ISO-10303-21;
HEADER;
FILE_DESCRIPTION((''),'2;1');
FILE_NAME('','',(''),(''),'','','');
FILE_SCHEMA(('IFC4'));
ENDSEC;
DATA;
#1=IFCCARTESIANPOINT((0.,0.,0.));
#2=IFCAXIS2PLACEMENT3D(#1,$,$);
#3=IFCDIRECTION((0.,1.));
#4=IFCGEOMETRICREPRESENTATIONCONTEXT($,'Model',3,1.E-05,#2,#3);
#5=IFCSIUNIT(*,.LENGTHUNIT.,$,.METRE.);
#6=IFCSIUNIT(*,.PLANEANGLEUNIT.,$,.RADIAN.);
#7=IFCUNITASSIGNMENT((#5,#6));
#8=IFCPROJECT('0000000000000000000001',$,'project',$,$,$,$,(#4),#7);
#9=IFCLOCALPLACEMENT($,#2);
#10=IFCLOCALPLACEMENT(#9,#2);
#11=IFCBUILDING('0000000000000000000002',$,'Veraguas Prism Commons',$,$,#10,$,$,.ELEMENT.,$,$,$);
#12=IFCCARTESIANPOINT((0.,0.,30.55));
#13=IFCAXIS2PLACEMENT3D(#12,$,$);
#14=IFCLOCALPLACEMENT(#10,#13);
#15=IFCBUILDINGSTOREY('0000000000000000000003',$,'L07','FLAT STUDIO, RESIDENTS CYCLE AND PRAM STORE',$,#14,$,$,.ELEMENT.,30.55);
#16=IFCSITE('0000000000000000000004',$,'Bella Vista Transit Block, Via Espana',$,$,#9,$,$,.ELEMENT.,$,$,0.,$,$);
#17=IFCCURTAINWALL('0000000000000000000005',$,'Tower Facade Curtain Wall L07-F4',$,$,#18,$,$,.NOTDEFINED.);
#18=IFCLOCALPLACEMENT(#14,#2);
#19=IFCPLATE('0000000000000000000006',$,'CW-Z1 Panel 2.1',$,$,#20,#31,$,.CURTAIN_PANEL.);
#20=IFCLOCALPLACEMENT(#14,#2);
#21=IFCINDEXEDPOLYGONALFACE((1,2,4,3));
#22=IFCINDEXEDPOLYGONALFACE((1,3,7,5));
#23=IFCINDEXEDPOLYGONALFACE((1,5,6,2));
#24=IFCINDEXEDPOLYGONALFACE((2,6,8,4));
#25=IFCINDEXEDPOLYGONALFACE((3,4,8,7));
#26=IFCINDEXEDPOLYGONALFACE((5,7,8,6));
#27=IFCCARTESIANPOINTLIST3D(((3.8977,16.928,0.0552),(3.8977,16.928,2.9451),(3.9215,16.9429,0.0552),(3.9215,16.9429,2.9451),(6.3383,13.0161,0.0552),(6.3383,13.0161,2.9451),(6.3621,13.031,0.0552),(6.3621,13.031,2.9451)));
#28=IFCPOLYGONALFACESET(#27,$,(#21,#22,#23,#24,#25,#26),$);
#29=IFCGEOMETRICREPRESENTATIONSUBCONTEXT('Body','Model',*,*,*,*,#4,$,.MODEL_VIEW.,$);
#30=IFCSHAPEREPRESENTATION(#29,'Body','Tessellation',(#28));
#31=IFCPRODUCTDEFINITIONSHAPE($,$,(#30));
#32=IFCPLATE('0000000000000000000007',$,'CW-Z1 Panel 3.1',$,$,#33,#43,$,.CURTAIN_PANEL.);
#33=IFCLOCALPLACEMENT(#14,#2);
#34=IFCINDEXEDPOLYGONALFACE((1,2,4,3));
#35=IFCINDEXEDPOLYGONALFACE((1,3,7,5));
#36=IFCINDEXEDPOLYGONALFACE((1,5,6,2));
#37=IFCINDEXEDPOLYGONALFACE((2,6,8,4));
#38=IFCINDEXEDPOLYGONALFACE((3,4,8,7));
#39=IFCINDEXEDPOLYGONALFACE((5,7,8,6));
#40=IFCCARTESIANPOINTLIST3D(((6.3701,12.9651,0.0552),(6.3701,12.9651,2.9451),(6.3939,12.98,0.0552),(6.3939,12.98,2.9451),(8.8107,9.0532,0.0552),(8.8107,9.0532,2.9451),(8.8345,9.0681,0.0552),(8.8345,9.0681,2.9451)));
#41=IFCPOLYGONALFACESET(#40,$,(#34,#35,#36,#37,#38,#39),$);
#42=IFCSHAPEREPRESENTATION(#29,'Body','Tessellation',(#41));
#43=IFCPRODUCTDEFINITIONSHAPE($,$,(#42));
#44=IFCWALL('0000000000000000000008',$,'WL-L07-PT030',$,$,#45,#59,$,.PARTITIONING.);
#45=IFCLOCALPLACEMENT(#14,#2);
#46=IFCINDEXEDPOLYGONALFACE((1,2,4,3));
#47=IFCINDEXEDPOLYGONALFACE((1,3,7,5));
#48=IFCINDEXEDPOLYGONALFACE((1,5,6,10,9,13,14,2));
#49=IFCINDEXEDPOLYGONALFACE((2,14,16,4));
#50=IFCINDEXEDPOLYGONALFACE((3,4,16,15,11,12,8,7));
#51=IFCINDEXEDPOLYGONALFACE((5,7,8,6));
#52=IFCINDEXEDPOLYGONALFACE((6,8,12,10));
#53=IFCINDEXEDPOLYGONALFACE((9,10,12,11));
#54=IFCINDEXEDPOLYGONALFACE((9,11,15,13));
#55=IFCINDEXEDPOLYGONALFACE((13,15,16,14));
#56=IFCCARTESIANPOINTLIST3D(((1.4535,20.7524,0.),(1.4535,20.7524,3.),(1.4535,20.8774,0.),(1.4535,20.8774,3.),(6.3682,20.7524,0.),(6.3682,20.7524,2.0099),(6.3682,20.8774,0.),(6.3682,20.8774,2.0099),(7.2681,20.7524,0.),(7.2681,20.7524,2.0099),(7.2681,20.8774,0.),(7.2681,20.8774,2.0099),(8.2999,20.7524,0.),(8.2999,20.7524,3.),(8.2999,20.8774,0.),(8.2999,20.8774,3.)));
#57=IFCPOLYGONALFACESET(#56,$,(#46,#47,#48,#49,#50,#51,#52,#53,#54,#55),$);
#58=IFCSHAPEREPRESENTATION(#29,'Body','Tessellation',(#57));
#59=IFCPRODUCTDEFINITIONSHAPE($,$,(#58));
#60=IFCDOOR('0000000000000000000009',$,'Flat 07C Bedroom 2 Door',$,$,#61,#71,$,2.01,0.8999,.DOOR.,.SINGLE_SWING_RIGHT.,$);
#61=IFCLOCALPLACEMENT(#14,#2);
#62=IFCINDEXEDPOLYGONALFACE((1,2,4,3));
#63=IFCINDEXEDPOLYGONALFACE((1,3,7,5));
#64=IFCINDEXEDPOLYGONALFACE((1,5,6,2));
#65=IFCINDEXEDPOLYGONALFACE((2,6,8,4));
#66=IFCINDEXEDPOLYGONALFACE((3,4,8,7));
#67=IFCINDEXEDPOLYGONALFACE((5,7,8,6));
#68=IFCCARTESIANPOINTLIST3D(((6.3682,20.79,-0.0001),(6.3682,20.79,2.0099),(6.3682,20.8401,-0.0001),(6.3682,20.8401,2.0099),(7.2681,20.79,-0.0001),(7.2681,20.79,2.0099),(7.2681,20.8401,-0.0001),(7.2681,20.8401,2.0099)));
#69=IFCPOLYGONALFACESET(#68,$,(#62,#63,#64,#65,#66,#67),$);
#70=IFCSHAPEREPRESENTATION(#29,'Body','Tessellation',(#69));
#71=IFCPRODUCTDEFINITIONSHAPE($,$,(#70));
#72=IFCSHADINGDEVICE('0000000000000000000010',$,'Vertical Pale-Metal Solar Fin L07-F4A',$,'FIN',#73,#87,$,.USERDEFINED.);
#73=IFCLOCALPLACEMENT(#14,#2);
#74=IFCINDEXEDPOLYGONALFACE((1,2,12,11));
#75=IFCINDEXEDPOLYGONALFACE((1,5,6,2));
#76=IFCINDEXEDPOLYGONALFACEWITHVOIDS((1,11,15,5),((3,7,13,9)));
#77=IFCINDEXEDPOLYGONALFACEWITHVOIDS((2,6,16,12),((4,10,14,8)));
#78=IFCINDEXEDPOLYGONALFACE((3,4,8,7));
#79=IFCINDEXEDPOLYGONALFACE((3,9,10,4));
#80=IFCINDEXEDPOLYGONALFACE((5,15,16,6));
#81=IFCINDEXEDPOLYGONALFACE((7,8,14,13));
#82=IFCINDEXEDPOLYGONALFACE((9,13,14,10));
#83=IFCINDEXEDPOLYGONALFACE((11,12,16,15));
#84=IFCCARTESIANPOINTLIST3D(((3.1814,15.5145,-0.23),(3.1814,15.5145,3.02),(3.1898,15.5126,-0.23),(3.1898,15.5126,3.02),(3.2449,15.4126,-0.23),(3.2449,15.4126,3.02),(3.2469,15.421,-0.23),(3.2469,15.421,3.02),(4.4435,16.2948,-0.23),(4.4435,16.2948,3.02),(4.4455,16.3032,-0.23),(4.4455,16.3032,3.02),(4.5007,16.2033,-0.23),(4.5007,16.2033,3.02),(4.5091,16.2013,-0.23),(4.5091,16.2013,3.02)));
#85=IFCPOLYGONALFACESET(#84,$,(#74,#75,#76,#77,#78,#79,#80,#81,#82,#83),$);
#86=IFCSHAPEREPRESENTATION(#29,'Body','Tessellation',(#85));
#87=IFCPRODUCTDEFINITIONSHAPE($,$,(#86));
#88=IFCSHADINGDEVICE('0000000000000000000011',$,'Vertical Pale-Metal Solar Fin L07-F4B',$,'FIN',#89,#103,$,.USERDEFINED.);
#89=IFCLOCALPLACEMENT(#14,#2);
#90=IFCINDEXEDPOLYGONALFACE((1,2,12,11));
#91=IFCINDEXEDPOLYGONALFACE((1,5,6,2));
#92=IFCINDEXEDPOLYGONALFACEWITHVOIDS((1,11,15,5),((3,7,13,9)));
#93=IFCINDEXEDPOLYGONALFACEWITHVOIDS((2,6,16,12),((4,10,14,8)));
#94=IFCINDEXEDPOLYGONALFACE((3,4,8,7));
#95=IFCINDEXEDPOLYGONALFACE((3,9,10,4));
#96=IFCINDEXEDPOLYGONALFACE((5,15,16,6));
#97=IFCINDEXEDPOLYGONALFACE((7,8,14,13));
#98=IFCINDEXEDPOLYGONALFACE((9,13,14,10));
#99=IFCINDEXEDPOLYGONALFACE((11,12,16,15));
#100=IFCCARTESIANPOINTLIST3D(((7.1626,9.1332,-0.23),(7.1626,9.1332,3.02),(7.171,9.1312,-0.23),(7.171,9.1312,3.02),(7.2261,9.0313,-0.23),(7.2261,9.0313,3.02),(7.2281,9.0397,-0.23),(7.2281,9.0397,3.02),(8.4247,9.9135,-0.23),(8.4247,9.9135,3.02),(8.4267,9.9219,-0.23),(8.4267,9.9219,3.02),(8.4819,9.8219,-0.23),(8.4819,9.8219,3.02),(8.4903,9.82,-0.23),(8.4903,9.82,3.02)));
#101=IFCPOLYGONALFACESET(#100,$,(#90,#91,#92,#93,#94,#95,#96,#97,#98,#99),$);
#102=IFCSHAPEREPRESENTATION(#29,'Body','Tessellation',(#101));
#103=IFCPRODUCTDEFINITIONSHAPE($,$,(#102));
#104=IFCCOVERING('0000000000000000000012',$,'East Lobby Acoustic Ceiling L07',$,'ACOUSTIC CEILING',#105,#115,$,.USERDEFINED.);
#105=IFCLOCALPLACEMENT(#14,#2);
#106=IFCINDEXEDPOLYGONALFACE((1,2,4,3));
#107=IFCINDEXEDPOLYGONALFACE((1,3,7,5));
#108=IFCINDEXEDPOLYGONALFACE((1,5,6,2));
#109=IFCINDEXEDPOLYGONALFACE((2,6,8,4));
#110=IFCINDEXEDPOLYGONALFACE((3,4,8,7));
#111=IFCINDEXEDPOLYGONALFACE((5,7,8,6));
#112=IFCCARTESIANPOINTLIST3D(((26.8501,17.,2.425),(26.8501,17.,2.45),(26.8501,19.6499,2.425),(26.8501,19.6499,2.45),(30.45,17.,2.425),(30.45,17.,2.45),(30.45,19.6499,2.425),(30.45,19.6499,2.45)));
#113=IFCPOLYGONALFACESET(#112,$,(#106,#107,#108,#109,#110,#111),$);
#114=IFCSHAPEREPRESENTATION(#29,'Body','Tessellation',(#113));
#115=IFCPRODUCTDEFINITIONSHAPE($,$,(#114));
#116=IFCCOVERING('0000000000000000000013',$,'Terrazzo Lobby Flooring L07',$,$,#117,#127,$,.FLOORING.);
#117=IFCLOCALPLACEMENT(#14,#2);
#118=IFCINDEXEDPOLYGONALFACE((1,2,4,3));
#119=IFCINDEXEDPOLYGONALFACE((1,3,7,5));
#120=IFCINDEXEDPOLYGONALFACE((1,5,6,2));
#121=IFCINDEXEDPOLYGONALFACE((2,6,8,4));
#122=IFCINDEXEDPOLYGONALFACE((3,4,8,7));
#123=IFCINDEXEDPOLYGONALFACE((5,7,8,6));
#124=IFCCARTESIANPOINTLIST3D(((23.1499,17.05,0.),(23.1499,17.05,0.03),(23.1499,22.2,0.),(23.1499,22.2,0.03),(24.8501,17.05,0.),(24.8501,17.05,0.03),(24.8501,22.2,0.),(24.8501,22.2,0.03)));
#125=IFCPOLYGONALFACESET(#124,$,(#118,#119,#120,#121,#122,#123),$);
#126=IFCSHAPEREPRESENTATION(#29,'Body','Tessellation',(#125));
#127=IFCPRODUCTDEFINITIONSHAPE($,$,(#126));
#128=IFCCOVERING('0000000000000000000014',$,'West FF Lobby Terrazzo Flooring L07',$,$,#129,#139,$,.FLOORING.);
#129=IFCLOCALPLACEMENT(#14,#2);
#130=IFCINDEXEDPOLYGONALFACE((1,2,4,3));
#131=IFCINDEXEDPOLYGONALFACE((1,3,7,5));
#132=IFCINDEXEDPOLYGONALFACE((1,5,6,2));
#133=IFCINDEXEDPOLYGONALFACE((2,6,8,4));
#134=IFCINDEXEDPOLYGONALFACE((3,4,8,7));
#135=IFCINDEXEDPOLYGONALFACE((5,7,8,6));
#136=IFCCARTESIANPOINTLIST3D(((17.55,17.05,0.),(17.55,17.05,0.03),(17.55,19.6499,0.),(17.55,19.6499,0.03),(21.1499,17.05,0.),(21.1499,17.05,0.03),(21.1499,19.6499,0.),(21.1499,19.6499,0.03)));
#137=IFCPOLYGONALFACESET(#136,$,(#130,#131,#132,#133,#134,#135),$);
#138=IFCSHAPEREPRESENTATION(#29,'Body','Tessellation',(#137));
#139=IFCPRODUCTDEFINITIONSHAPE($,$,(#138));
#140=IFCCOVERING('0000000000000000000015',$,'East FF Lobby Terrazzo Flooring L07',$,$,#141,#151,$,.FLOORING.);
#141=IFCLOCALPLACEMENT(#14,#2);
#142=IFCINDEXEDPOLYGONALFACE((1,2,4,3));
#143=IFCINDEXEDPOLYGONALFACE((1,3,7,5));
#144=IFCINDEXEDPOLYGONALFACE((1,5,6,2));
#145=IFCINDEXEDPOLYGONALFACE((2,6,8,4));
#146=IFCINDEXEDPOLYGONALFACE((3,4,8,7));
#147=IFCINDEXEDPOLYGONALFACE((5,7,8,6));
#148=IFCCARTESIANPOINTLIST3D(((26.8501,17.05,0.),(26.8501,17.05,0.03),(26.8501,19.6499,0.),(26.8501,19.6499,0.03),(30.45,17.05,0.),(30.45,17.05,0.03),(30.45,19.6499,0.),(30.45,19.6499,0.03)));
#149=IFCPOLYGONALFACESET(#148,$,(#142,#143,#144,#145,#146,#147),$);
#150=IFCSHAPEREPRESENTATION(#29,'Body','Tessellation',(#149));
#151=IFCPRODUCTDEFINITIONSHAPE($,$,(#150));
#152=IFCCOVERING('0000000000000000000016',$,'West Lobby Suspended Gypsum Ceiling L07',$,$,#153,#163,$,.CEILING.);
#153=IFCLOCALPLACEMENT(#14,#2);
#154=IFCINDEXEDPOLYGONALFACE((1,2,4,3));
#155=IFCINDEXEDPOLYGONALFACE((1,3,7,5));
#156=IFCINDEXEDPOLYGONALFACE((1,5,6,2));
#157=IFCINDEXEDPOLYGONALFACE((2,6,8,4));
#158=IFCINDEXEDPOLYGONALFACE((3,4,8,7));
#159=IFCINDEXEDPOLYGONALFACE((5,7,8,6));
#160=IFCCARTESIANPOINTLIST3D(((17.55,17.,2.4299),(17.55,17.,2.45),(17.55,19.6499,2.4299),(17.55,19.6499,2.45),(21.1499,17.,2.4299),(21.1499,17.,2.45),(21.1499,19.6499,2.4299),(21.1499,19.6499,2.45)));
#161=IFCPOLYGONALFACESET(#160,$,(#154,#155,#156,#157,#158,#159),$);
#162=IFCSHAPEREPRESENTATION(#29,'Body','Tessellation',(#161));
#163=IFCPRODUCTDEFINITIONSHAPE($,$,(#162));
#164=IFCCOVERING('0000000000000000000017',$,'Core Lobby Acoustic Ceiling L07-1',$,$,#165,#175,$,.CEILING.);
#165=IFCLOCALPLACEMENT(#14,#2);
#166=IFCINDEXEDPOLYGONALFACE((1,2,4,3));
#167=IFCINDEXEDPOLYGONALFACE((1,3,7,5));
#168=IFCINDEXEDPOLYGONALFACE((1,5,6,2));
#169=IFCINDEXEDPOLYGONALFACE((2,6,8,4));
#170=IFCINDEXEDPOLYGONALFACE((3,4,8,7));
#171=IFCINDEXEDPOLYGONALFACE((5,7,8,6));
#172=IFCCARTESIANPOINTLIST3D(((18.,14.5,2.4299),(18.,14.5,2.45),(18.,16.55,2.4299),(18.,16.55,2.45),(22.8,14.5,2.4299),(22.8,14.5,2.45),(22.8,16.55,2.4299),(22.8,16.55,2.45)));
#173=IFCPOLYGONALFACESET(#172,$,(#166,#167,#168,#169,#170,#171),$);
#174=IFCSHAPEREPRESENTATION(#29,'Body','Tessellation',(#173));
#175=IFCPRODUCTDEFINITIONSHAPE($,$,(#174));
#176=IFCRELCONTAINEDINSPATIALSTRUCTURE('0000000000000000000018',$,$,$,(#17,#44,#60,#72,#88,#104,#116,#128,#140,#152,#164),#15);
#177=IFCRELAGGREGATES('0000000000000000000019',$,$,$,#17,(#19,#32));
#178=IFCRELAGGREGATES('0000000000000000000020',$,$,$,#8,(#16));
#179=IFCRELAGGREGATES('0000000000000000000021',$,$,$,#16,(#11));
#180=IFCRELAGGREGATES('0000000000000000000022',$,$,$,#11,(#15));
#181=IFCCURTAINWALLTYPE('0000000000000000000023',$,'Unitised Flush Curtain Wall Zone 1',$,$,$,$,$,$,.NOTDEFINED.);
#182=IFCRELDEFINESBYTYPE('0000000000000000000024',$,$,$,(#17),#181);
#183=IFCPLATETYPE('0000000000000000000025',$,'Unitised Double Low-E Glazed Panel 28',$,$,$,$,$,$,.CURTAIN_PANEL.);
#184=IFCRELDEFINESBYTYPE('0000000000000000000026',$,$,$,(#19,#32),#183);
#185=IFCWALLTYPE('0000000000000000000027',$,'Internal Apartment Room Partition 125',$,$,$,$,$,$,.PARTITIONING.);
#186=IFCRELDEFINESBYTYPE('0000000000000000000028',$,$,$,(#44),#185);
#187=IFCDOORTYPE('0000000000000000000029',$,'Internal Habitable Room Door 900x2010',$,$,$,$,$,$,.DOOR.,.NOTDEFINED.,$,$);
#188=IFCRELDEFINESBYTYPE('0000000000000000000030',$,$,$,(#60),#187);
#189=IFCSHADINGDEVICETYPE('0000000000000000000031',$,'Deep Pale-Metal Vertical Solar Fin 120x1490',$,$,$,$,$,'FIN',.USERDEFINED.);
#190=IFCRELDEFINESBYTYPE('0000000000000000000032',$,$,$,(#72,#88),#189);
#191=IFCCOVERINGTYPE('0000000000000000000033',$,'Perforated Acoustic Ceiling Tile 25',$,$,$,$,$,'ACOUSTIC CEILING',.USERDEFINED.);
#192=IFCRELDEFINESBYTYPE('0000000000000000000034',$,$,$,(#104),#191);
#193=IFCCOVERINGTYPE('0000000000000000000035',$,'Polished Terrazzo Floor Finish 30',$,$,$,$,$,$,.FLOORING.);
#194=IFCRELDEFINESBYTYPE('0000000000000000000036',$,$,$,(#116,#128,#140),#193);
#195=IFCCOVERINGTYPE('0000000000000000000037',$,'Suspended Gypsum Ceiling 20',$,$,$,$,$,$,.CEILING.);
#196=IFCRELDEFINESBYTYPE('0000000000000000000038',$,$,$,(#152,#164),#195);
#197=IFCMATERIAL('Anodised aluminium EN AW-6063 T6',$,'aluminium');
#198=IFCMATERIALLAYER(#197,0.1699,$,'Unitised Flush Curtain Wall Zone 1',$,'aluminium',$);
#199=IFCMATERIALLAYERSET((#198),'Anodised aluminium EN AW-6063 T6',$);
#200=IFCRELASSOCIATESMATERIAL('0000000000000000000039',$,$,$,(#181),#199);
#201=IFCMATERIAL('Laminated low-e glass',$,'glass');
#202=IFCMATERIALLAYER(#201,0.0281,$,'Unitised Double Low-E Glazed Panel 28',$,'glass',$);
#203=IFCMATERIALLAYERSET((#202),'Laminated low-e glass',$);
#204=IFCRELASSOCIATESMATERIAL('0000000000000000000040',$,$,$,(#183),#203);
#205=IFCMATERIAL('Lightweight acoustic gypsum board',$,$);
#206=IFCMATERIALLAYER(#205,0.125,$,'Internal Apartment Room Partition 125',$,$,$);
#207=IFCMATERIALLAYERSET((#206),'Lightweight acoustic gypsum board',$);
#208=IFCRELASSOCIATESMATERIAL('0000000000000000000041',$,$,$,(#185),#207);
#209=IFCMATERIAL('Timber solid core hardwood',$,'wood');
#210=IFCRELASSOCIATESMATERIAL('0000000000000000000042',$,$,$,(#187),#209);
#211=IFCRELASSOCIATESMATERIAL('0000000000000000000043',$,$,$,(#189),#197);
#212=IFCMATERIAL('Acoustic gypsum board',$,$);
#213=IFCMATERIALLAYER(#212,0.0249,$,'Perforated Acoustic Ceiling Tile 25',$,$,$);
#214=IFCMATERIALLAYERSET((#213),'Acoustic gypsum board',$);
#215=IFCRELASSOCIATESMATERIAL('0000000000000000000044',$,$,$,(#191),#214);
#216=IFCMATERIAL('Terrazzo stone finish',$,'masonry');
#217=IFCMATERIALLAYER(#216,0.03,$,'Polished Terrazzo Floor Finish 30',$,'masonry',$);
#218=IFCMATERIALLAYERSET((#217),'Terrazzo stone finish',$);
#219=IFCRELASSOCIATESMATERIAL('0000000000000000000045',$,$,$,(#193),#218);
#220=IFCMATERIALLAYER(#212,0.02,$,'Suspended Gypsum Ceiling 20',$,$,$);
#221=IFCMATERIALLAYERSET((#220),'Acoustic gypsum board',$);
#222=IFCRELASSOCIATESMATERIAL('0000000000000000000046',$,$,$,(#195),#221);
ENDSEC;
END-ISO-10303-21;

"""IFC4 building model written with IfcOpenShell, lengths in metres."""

from ifc_helpers import new_model, si_unit, direction, frame, frame_2d, origin, origin_2d, place, context, subcontext, project, spatial, polyline, rectangle, hollow_rectangle, outline, extrude, source, transform, mapped, material, layer, layer_set, material_profile, profile_set, type_object, element, fill, aggregate, save


model = new_model("IFC4")

# Units and contexts
model_context = context("Model", 3, precision=1e-05, world=origin(), true_north=direction((0.0, 1.0)))
body_context = subcontext(model_context, "Body", "Model", "MODEL_VIEW")
ifc_project = project(units=[si_unit("LENGTHUNIT", "METRE"), si_unit("PLANEANGLEUNIT", "RADIAN")], contexts=[model_context])

# Site, building, storey
site_placement = place(None, origin())
site = spatial("IfcSite", under=ifc_project, at=site_placement, Name="Bella Vista Transit Block, Via Espana", CompositionType="ELEMENT", RefElevation=0.0)
building_placement = place(site_placement, origin())
building = spatial("IfcBuilding", under=site, at=building_placement, Name="Veraguas Prism Commons", CompositionType="ELEMENT")
storey_placement = place(building_placement, frame((0.0, 0.0, 30.55)))
storey = spatial("IfcBuildingStorey", under=building, at=storey_placement, Name="L07", Description="FLAT STUDIO, RESIDENTS CYCLE AND PRAM STORE", CompositionType="ELEMENT", Elevation=30.55)

# Curtain wall
ifc_material_1 = material(Name="Anodised aluminium EN AW-6063 T6", Category="aluminium")
ifc_layer_1 = layer(ifc_material_1, 0.1699, Name="Unitised Flush Curtain Wall Zone 1", Category="aluminium")
ifc_layer_set_1 = layer_set([ifc_layer_1], Name="Anodised aluminium EN AW-6063 T6")
curtain_wall_type = type_object("IfcCurtainWallType", Name="Unitised Flush Curtain Wall Zone 1", PredefinedType="NOTDEFINED", material=ifc_layer_set_1)
curtain_wall_1_placement = place(storey_placement, origin())
curtain_wall_1 = element("IfcCurtainWall", 1, at=curtain_wall_1_placement, inside=storey, type_object=curtain_wall_type, Name="Tower Facade Curtain Wall L07-F4", PredefinedType="NOTDEFINED")

# Plates
ifc_material_2 = material(Name="Laminated low-e glass", Category="glass")
ifc_layer_2 = layer(ifc_material_2, 0.0281, Name="Unitised Double Low-E Glazed Panel 28", Category="glass")
ifc_layer_set_2 = layer_set([ifc_layer_2], Name="Laminated low-e glass")
plate_type = type_object("IfcPlateType", Name="Unitised Double Low-E Glazed Panel 28", PredefinedType="CURTAIN_PANEL", material=ifc_layer_set_2)
shared_shape_1 = source(origin(), body_context, "Body", "SweptSolid", [
    extrude(rectangle(XDim=4.6108, YDim=0.0281, at=origin_2d()), origin(), (0.0, 0.0, 1.0), 2.8899),
])
plate_1_placement = place(storey_placement, frame((5.1299, 14.9795, 0.0552), z_axis=(0.0, 0.0, 1.0), x_axis=(0.529324, -0.84842, 0.0)))
plate_1 = element("IfcPlate", 2, at=plate_1_placement, type_object=plate_type, Name="CW-Z1 Panel 2.1", PredefinedType="CURTAIN_PANEL", context=body_context, shape_type="MappedRepresentation", body=[
    mapped(shared_shape_1, transform((0.0, 0.0, 0.0), scale=1.0)),
])
plate_2_placement = place(storey_placement, frame((7.6023, 11.0166, 0.0552), z_axis=(0.0, 0.0, 1.0), x_axis=(0.529324, -0.84842, 0.0)))
plate_2 = element("IfcPlate", 3, at=plate_2_placement, type_object=plate_type, Name="CW-Z1 Panel 3.1", PredefinedType="CURTAIN_PANEL", context=body_context, shape_type="MappedRepresentation", body=[
    mapped(shared_shape_1, transform((0.0, 0.0, 0.0), scale=1.0)),
])
aggregate(curtain_wall_1, [plate_1, plate_2])

# Wall, opening, door
ifc_material_3 = material(Name="Lightweight acoustic gypsum board")
ifc_layer_3 = layer(ifc_material_3, 0.125, Name="Internal Apartment Room Partition 125")
ifc_layer_set_3 = layer_set([ifc_layer_3], Name="Lightweight acoustic gypsum board")
wall_type = type_object("IfcWallType", Name="Internal Apartment Room Partition 125", PredefinedType="PARTITIONING", material=ifc_layer_set_3)
wall_placement = place(storey_placement, frame((8.3, 20.8149, 0.0), z_axis=(0.0, 0.0, 1.0), x_axis=(-1.0, 0.0, 0.0)))
wall = element("IfcWall", 4, at=wall_placement, inside=storey, type_object=wall_type, Name="WL-L07-PT030", PredefinedType="PARTITIONING", context=body_context, shape_type="SweptSolid", body=[
    extrude(rectangle(XDim=6.8464, YDim=0.125, at=frame_2d((3.4233, 0.0))), origin(), (0.0, 0.0, 1.0), 3.0),
])
opening_placement = place(wall_placement, frame((1.032, 0.0, 0.0)))
opening = element("IfcOpeningElement", 5, at=opening_placement, cuts=wall, PredefinedType="OPENING", context=body_context, shape_type="SweptSolid", body=[
    extrude(rectangle(XDim=0.8999, YDim=2.01, at=frame_2d((0.45, 1.0049))), frame((0.0, 0.0725, 0.0), z_axis=(0.0, -1.0, 0.0), x_axis=(1.0, 0.0, 0.0)), (0.0, 0.0, 1.0), 0.145),
])
ifc_material_4 = material(Name="Timber solid core hardwood", Category="wood")
door_type = type_object("IfcDoorType", Name="Internal Habitable Room Door 900x2010", OperationType="NOTDEFINED", PredefinedType="DOOR", material=ifc_material_4)
shared_shape_2 = source(origin(), body_context, "Body", "SweptSolid", [
    extrude(rectangle(XDim=0.8999, YDim=2.01, at=frame_2d((0.45, 1.0049))), frame((0.0, 0.0249, 0.0), z_axis=(0.0, -1.0, 0.0), x_axis=(1.0, 0.0, 0.0)), (0.0, 0.0, 1.0), 0.05),
])
door_placement = place(opening_placement, origin())
door = element("IfcDoor", 6, at=door_placement, inside=storey, type_object=door_type, Name="Flat 07C Bedroom 2 Door", OperationType="SINGLE_SWING_RIGHT", OverallHeight=2.01, OverallWidth=0.8999, PredefinedType="DOOR", context=body_context, shape_type="MappedRepresentation", body=[
    mapped(shared_shape_2, transform((0.0, 0.0, 0.0), scale=1.0)),
])
fill(opening, door)

# Shading devices
ifc_material_profile_1 = material_profile(ifc_material_1, hollow_rectangle(XDim=0.1201, YDim=1.49, WallThickness=0.0061, at=origin_2d()), Name="FIN120X1490X6")
ifc_profile_set_1 = profile_set([ifc_material_profile_1], Name="Anodised aluminium EN AW-6063 T6")
shading_device_type = type_object("IfcShadingDeviceType", Name="Deep Pale-Metal Vertical Solar Fin 120x1490", ElementType="FIN", PredefinedType="USERDEFINED", material=ifc_profile_set_1)
for number, where, z_axis, x_axis, name in (
    (7, (3.8452, 15.8579, -0.23), (0.0, 0.0, 1.0), (0.529329, -0.848417, 0.0), "Vertical Pale-Metal Solar Fin L07-F4A"),
    (8, (7.8264, 9.4766, -0.23), (0.0, 0.0, 1.0), (0.529329, -0.848417, 0.0), "Vertical Pale-Metal Solar Fin L07-F4B"),
):
    element("IfcShadingDevice", number, at=place(storey_placement, frame(where, z_axis=z_axis, x_axis=x_axis)), inside=storey, type_object=shading_device_type, Name=name, ObjectType="FIN", PredefinedType="USERDEFINED", context=body_context, shape_type="SweptSolid", body=[
        extrude(hollow_rectangle(XDim=0.1201, YDim=1.49, WallThickness=0.0061, at=origin_2d()), origin(), (0.0, 0.0, 1.0), 3.25),
    ])

# Coverings
ifc_material_5 = material(Name="Acoustic gypsum board")
ifc_layer_4 = layer(ifc_material_5, 0.0249, Name="Perforated Acoustic Ceiling Tile 25")
ifc_layer_set_4 = layer_set([ifc_layer_4], Name="Acoustic gypsum board")
covering_type_1 = type_object("IfcCoveringType", Name="Perforated Acoustic Ceiling Tile 25", ElementType="ACOUSTIC CEILING", PredefinedType="USERDEFINED", material=ifc_layer_set_4)
covering_1_placement = place(storey_placement, frame((0.0, 0.0, 2.425)))
element("IfcCovering", 9, at=covering_1_placement, inside=storey, type_object=covering_type_1, Name="East Lobby Acoustic Ceiling L07", ObjectType="ACOUSTIC CEILING", PredefinedType="USERDEFINED", context=body_context, shape_type="SweptSolid", body=[
    extrude(outline(polyline([(26.8501, 17.0), (30.45, 17.0), (30.45, 19.6499), (26.8501, 19.6499), (26.8501, 17.0)])), origin(), (0.0, 0.0, 1.0), 0.0249),
])
ifc_material_6 = material(Name="Terrazzo stone finish", Category="masonry")
ifc_layer_5 = layer(ifc_material_6, 0.03, Name="Polished Terrazzo Floor Finish 30", Category="masonry")
ifc_layer_set_5 = layer_set([ifc_layer_5], Name="Terrazzo stone finish")
covering_type_2 = type_object("IfcCoveringType", Name="Polished Terrazzo Floor Finish 30", PredefinedType="FLOORING", material=ifc_layer_set_5)
covering_2_placement = place(storey_placement, origin())
element("IfcCovering", 10, at=covering_2_placement, inside=storey, type_object=covering_type_2, Name="Terrazzo Lobby Flooring L07", PredefinedType="FLOORING", context=body_context, shape_type="SweptSolid", body=[
    extrude(outline(polyline([(23.1499, 17.05), (24.8501, 17.05), (24.8501, 22.2), (23.1499, 22.2), (23.1499, 17.05)])), origin(), (0.0, 0.0, 1.0), 0.03),
])
covering_3_placement = place(storey_placement, origin())
element("IfcCovering", 11, at=covering_3_placement, inside=storey, type_object=covering_type_2, Name="West FF Lobby Terrazzo Flooring L07", PredefinedType="FLOORING", context=body_context, shape_type="SweptSolid", body=[
    extrude(outline(polyline([(17.55, 17.05), (21.1499, 17.05), (21.1499, 19.6499), (17.55, 19.6499), (17.55, 17.05)])), origin(), (0.0, 0.0, 1.0), 0.03),
])
covering_4_placement = place(storey_placement, origin())
element("IfcCovering", 12, at=covering_4_placement, inside=storey, type_object=covering_type_2, Name="East FF Lobby Terrazzo Flooring L07", PredefinedType="FLOORING", context=body_context, shape_type="SweptSolid", body=[
    extrude(outline(polyline([(26.8501, 17.05), (30.45, 17.05), (30.45, 19.6499), (26.8501, 19.6499), (26.8501, 17.05)])), origin(), (0.0, 0.0, 1.0), 0.03),
])
ifc_layer_6 = layer(ifc_material_5, 0.02, Name="Suspended Gypsum Ceiling 20")
ifc_layer_set_6 = layer_set([ifc_layer_6], Name="Acoustic gypsum board")
covering_type_3 = type_object("IfcCoveringType", Name="Suspended Gypsum Ceiling 20", PredefinedType="CEILING", material=ifc_layer_set_6)
covering_5_placement = place(storey_placement, frame((0.0, 0.0, 2.4299)))
element("IfcCovering", 13, at=covering_5_placement, inside=storey, type_object=covering_type_3, Name="West Lobby Suspended Gypsum Ceiling L07", PredefinedType="CEILING", context=body_context, shape_type="SweptSolid", body=[
    extrude(outline(polyline([(17.55, 17.0), (21.1499, 17.0), (21.1499, 19.6499), (17.55, 19.6499), (17.55, 17.0)])), origin(), (0.0, 0.0, 1.0), 0.02),
])
covering_6_placement = place(storey_placement, frame((0.0, 0.0, 2.4299)))
element("IfcCovering", 14, at=covering_6_placement, inside=storey, type_object=covering_type_3, Name="Core Lobby Acoustic Ceiling L07-1", PredefinedType="CEILING", context=body_context, shape_type="SweptSolid", body=[
    extrude(outline(polyline([(18.0, 14.5), (22.8, 14.5), (22.8, 16.55), (18.0, 16.55), (18.0, 14.5)])), origin(), (0.0, 0.0, 1.0), 0.02),
])

save(model, "model.ifc")
